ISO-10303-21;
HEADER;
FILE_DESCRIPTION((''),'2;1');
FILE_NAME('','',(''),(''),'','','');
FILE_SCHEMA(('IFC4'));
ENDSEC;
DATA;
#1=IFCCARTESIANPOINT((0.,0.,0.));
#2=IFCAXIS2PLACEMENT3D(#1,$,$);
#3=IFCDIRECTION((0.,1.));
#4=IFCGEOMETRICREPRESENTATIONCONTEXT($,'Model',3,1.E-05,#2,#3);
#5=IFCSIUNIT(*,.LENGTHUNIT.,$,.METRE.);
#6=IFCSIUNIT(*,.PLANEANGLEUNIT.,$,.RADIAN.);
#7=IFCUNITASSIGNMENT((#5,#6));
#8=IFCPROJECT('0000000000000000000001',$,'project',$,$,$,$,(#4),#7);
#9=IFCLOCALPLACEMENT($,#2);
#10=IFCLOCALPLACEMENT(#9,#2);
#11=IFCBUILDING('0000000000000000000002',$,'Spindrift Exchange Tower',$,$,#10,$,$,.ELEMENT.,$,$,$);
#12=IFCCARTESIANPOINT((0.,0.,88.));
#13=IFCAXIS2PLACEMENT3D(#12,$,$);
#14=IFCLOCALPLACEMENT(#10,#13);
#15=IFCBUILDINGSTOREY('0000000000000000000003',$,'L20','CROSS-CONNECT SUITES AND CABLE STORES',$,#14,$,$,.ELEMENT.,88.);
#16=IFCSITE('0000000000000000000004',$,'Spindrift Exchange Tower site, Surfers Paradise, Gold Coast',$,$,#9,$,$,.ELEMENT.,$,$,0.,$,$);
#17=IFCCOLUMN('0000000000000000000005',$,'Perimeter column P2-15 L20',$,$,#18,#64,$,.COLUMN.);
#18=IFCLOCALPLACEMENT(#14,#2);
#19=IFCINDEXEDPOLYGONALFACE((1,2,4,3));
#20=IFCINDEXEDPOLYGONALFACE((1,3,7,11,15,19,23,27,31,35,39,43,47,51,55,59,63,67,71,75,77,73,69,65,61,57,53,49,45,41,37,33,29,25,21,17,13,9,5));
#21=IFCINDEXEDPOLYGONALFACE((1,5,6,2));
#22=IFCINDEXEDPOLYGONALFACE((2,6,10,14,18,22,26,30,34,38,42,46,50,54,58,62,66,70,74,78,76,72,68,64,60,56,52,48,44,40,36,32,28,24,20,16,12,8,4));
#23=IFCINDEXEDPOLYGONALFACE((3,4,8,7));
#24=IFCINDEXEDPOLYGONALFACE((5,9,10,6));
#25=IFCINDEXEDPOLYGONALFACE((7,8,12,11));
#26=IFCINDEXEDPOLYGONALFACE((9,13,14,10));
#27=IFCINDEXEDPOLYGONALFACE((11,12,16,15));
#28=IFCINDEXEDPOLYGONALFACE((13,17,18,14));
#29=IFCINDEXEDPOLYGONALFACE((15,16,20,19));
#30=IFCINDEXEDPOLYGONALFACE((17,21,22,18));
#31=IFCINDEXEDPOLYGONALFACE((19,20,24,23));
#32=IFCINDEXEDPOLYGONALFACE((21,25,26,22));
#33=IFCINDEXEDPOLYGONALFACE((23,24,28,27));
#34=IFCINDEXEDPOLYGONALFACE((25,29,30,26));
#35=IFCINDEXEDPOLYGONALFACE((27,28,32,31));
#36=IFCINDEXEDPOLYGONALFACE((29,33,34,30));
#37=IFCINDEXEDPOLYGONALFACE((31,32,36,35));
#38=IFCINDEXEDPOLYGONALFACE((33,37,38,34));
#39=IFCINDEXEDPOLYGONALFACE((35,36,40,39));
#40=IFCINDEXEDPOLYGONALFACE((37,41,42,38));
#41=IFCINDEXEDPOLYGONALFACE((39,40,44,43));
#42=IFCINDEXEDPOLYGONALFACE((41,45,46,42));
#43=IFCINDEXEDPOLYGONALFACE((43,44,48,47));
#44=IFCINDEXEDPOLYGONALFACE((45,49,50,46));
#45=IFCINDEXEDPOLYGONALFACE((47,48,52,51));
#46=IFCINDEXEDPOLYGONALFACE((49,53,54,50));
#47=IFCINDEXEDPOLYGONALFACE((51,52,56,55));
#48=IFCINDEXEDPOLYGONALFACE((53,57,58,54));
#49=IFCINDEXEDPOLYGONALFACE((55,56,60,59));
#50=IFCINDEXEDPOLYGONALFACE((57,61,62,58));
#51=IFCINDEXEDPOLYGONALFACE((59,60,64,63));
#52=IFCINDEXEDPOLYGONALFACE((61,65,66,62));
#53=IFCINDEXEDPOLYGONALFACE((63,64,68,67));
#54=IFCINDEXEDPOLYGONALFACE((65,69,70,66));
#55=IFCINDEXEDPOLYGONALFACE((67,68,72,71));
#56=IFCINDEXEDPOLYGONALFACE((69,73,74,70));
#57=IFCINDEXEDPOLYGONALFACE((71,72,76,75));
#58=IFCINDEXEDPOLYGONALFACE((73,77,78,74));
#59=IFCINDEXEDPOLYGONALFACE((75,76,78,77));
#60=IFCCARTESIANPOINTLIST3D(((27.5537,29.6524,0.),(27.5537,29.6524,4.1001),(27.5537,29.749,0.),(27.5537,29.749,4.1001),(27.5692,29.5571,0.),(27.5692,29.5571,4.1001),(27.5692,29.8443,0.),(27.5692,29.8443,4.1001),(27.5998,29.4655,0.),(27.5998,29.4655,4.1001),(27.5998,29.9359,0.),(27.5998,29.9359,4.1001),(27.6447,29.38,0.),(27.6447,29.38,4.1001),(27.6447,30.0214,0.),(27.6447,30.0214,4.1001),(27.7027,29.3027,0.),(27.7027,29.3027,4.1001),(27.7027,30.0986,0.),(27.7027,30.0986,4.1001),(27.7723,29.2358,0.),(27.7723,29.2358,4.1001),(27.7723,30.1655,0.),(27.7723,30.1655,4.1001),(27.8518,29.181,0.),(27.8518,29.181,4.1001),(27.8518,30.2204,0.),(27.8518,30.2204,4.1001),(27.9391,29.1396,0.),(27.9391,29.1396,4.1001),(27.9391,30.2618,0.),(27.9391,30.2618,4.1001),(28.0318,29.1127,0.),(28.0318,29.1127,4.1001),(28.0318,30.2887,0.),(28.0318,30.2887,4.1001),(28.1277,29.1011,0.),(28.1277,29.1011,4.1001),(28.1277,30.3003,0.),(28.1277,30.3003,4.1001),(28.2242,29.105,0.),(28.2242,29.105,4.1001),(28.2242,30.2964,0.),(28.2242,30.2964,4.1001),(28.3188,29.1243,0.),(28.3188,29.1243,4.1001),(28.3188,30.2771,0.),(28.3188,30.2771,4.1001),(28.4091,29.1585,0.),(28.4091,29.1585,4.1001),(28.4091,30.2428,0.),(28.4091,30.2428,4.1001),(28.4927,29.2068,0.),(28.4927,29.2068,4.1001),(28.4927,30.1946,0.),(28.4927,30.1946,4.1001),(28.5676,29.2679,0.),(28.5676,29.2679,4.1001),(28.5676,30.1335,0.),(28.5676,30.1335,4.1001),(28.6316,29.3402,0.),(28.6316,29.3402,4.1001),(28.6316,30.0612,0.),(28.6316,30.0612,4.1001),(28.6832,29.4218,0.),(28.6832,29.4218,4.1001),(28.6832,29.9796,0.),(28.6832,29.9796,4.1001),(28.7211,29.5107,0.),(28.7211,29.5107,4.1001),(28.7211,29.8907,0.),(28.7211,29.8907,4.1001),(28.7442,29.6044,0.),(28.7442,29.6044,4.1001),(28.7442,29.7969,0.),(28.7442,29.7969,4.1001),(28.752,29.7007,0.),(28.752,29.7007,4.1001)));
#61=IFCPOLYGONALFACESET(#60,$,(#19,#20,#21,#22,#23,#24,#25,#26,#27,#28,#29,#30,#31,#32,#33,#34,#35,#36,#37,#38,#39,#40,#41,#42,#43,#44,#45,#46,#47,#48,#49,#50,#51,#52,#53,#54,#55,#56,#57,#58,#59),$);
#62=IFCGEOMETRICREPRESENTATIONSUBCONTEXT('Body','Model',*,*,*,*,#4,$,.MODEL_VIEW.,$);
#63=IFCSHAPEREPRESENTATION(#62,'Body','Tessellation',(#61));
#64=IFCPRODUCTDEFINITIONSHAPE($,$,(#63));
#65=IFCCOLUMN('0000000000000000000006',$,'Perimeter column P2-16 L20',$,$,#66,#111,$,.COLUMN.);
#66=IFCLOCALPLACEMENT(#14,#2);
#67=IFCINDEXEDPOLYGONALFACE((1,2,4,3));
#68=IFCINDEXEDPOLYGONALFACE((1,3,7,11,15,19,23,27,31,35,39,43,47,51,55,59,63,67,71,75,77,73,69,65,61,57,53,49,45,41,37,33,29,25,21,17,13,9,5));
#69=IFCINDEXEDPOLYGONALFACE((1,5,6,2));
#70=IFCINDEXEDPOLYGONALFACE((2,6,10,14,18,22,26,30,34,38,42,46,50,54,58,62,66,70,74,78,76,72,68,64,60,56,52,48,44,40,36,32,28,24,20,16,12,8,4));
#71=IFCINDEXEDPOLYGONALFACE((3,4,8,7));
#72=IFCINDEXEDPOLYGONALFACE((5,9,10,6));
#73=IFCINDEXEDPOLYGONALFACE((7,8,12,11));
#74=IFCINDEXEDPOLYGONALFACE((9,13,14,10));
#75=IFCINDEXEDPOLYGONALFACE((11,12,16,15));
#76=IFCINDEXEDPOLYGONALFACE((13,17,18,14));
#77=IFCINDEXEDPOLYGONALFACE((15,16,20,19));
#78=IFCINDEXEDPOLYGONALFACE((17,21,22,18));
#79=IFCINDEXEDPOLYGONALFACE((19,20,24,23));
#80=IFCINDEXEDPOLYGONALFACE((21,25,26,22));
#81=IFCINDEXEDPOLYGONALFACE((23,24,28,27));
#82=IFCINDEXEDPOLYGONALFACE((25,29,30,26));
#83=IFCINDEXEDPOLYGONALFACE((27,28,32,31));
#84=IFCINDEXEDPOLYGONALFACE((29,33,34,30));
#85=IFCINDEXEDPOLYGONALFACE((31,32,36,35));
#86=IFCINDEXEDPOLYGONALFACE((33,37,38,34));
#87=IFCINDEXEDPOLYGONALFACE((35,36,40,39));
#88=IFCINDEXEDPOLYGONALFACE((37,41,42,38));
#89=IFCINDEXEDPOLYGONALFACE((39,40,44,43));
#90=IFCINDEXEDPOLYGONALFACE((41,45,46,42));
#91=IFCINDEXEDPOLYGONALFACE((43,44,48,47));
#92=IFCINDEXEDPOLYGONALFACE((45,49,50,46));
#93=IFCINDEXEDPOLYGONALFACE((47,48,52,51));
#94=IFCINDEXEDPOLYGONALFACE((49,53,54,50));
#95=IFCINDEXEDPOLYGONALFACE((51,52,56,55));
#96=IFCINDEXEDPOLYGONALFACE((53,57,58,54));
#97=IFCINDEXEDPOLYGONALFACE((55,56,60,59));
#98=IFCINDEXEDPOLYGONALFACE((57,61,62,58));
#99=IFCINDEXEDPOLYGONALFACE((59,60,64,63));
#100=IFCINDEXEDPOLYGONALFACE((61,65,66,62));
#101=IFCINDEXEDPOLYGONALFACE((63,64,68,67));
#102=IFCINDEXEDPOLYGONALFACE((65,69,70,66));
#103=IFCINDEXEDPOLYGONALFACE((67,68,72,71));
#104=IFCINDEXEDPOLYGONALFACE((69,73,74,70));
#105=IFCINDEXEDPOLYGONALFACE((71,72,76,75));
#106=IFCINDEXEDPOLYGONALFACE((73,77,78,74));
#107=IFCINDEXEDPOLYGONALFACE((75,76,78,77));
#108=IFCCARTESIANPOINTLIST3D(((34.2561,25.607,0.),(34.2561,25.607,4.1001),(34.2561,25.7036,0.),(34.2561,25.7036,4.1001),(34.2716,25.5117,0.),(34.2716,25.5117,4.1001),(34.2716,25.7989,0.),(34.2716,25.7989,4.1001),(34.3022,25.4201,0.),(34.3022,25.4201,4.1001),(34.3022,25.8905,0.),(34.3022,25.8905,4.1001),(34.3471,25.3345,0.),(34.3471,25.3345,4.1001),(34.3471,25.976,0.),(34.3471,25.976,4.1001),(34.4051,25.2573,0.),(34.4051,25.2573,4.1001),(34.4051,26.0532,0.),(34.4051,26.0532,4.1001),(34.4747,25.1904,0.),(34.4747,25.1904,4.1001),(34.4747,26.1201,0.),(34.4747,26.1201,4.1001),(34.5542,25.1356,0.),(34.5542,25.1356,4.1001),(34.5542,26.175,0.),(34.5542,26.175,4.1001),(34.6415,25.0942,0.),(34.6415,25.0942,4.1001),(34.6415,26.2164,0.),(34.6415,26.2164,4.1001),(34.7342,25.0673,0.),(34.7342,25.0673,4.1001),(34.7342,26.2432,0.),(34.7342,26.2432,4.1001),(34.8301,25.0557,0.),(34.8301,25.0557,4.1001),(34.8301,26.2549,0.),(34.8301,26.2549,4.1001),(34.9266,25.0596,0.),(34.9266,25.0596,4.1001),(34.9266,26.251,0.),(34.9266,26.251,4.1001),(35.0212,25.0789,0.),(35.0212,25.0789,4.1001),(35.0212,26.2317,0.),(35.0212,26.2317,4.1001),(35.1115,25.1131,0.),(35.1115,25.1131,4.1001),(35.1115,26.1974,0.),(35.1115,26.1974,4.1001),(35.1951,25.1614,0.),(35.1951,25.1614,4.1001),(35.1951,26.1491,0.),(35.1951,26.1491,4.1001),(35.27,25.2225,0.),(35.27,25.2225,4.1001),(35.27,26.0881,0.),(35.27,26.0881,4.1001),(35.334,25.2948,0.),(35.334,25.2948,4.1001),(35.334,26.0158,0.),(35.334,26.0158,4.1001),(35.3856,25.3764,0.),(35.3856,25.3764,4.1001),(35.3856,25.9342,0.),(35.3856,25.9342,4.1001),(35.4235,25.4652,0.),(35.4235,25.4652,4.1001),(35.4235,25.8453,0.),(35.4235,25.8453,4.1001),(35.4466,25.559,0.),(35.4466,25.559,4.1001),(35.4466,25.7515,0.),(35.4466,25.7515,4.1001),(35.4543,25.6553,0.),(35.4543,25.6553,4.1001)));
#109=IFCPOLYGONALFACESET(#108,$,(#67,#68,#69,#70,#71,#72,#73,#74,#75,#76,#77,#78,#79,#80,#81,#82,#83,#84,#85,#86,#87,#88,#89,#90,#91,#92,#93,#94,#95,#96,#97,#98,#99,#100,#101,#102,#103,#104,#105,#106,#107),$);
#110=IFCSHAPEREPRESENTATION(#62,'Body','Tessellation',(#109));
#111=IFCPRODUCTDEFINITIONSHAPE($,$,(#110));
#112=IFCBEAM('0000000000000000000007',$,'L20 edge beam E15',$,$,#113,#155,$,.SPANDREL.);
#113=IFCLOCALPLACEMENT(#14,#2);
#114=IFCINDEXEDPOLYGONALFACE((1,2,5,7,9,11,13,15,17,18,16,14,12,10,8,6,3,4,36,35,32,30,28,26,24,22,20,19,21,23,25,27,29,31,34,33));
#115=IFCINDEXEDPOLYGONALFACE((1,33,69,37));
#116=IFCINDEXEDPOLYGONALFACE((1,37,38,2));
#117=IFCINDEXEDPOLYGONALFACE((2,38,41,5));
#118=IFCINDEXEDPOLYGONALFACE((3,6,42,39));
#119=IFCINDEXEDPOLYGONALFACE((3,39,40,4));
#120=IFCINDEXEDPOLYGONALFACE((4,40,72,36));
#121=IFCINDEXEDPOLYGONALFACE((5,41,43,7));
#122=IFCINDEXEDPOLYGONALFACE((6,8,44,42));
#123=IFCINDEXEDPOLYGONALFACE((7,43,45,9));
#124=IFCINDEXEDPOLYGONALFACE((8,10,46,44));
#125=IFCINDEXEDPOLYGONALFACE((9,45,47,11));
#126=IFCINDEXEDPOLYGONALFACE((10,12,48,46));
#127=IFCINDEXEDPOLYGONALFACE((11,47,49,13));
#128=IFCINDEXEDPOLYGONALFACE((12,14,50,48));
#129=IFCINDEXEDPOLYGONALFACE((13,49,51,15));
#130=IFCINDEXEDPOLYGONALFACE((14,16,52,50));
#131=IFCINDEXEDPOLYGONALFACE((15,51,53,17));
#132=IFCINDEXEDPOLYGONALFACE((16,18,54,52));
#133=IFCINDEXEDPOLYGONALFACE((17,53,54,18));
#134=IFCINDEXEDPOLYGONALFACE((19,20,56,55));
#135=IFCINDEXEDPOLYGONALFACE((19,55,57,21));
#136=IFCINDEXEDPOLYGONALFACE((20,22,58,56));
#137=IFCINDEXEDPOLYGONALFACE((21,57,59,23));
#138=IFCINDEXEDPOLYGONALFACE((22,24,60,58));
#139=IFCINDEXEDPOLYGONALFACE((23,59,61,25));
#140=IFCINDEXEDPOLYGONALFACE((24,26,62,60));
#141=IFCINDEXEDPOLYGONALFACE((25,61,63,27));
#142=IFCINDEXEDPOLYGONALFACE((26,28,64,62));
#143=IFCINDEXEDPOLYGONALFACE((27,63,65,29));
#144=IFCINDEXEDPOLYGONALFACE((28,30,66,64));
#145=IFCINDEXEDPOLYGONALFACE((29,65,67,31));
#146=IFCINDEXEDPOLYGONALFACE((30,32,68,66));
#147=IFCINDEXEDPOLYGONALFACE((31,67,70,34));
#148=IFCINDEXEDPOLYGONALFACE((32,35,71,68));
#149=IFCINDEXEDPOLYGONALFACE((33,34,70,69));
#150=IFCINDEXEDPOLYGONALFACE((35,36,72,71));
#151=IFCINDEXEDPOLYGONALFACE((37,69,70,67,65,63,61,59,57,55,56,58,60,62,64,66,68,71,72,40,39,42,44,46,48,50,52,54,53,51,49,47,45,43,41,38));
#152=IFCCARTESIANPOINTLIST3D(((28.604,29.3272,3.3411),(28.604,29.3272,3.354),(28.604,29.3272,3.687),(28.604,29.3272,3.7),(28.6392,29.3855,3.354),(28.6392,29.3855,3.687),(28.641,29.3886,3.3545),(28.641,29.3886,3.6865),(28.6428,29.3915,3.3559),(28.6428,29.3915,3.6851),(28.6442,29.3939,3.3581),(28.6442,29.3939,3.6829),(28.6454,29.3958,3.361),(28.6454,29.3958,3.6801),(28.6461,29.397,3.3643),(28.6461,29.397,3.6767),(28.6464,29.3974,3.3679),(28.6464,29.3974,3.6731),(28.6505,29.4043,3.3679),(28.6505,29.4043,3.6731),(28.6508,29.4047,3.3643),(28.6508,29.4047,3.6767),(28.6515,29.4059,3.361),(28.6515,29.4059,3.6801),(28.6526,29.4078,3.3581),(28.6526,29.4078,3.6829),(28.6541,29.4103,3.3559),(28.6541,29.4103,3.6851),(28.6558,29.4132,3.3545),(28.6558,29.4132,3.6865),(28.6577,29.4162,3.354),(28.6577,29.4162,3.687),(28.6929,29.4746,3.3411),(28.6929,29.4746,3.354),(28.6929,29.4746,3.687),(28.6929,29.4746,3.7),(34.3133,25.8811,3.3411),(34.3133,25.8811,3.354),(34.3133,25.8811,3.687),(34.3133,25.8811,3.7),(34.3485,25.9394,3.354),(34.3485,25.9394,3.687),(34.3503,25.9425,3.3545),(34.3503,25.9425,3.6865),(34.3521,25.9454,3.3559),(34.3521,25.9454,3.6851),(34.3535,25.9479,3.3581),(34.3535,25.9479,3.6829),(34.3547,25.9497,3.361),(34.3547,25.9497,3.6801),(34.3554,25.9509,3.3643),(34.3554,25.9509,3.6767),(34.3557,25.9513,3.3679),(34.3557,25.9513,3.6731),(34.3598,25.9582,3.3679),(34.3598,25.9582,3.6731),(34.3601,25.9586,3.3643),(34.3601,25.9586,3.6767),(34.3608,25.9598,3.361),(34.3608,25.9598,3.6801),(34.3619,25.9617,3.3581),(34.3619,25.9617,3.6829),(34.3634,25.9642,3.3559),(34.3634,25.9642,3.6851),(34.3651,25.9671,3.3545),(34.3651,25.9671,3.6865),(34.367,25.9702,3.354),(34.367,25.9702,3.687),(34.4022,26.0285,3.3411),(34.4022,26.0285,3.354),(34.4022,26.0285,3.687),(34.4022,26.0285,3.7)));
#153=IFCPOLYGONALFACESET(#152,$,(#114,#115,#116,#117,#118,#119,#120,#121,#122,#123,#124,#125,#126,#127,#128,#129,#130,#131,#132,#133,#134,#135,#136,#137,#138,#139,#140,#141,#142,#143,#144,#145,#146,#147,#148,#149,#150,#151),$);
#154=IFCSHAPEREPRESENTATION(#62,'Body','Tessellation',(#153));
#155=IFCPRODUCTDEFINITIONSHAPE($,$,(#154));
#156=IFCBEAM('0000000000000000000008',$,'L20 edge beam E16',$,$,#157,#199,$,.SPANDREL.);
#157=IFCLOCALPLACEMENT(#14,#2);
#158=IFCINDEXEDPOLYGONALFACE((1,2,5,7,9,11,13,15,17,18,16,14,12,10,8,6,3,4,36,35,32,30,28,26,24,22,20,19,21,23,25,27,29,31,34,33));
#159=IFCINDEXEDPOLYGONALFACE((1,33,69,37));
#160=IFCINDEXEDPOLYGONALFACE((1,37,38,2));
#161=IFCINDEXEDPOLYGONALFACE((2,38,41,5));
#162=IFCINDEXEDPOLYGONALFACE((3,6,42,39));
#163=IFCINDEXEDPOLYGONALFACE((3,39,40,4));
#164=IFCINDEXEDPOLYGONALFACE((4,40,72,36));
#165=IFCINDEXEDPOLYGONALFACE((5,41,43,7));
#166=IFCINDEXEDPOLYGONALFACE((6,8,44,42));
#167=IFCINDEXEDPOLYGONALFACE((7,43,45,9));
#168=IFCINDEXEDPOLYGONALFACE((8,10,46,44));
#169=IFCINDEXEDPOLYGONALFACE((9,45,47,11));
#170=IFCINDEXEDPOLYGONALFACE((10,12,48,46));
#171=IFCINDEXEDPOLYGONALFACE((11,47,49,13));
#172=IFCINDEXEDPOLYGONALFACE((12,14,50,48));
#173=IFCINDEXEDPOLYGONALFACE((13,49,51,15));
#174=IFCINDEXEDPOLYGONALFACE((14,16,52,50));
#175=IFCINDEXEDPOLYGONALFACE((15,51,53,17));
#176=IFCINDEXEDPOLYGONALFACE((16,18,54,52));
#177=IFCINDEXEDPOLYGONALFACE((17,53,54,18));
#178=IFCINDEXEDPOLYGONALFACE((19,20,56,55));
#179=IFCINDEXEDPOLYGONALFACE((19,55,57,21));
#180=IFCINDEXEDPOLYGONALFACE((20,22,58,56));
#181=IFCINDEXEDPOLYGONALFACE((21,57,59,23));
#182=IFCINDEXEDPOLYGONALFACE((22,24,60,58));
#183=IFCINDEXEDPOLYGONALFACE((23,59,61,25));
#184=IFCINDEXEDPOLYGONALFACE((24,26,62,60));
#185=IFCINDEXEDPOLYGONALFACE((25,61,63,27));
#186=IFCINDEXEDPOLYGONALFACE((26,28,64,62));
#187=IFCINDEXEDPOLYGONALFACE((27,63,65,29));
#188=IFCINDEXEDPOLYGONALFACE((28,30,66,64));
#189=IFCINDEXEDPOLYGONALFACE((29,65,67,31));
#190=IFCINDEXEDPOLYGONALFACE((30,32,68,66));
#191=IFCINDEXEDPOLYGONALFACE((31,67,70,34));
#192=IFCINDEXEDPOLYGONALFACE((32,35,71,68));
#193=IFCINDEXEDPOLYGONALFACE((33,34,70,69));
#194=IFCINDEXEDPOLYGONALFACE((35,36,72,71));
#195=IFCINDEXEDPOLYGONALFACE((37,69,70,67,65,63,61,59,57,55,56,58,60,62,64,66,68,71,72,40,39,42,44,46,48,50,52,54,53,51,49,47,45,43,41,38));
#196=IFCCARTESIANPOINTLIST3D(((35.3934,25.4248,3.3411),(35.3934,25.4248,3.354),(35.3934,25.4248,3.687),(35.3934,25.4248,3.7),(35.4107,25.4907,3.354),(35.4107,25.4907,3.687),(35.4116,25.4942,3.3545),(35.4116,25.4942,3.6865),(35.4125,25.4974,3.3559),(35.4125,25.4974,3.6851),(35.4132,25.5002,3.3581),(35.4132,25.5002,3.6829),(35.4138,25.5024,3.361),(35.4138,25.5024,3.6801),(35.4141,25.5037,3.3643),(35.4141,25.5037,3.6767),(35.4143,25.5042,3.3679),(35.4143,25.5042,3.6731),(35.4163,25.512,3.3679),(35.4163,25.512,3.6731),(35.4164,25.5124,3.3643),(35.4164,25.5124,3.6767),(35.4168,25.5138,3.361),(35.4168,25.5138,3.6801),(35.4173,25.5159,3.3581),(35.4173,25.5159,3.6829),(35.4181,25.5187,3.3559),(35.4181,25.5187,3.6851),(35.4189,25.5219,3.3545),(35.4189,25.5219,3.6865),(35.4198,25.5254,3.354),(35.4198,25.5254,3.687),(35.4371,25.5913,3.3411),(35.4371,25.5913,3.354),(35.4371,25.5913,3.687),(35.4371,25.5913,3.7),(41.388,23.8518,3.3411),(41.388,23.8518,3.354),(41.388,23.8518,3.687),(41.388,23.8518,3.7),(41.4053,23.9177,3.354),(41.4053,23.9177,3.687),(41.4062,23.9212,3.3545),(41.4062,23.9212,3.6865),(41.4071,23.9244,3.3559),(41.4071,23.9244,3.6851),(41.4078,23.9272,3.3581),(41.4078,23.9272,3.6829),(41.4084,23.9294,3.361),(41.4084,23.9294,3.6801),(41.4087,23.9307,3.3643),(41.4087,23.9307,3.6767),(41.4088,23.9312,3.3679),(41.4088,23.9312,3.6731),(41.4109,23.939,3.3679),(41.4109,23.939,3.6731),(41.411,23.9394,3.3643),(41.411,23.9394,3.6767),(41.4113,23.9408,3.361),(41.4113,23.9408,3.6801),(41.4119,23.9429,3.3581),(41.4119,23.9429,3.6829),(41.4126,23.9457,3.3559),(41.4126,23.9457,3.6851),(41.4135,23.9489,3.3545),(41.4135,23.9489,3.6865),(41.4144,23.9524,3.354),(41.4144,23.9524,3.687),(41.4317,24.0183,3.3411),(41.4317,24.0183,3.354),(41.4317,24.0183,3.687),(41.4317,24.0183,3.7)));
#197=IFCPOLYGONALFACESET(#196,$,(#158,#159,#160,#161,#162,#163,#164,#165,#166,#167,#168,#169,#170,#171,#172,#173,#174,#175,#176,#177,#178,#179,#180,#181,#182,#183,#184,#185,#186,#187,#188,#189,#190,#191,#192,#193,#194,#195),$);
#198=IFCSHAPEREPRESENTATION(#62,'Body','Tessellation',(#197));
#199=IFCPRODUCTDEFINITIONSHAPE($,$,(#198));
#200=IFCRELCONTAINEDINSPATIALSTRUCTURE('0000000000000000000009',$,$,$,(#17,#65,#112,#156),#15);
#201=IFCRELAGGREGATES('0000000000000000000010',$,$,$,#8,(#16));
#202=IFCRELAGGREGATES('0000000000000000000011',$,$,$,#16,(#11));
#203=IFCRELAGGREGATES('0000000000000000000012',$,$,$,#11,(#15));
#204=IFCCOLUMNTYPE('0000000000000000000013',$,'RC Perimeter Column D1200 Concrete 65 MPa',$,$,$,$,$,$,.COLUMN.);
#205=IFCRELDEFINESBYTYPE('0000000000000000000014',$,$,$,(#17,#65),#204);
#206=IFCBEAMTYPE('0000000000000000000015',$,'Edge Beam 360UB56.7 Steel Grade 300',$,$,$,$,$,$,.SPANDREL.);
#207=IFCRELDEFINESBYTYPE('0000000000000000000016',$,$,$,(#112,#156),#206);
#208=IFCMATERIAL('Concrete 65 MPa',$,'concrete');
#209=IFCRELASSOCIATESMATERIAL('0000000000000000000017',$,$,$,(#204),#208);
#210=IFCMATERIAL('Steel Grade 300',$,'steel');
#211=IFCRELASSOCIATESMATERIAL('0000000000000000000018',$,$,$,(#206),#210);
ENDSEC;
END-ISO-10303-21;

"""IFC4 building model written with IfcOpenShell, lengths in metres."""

from ifc_helpers import new_model, si_unit, direction, frame, origin, origin_2d, place, context, subcontext, project, spatial, circle, i_section, extrude, source, transform, mapped, material, material_profile, profile_set, type_object, element, save


model = new_model("IFC4")

# Units and contexts
model_context = context("Model", 3, precision=1e-05, world=origin(), true_north=direction((0.0, 1.0)))
body_context = subcontext(model_context, "Body", "Model", "MODEL_VIEW")
ifc_project = project(units=[si_unit("LENGTHUNIT", "METRE"), si_unit("PLANEANGLEUNIT", "RADIAN")], contexts=[model_context])

# Site, building, storey
site_placement = place(None, origin())
site = spatial("IfcSite", under=ifc_project, at=site_placement, Name="Spindrift Exchange Tower site, Surfers Paradise, Gold Coast", CompositionType="ELEMENT", RefElevation=0.0)
building_placement = place(site_placement, origin())
building = spatial("IfcBuilding", under=site, at=building_placement, Name="Spindrift Exchange Tower", CompositionType="ELEMENT")
storey_placement = place(building_placement, frame((0.0, 0.0, 88.0)))
storey = spatial("IfcBuildingStorey", under=building, at=storey_placement, Name="L20", Description="CROSS-CONNECT SUITES AND CABLE STORES", CompositionType="ELEMENT", Elevation=88.0)

# Columns
ifc_material_1 = material(Name="Concrete 65 MPa", Category="concrete")
ifc_material_profile_1 = material_profile(ifc_material_1, circle(Radius=0.6001, at=origin_2d()), Name="RC D1200")
ifc_profile_set_1 = profile_set([ifc_material_profile_1], Name="Concrete 65 MPa")
column_type = type_object("IfcColumnType", Name="RC Perimeter Column D1200 Concrete 65 MPa", PredefinedType="COLUMN", material=ifc_profile_set_1)
shared_shape_1 = source(origin(), body_context, "Body", "SweptSolid", [
    extrude(circle(Radius=0.6001, at=origin_2d()), origin(), (0.0, 0.0, 1.0), 4.1001),
])
for number, where, z_axis, x_axis, name in (
    (1, (28.1519, 29.7007, 0.0), (0.0, 0.0, 1.0), (1.0, 0.0, 0.0), "Perimeter column P2-15 L20"),
    (2, (34.8542, 25.6553, 0.0), (0.0, 0.0, 1.0), (1.0, 0.0, 0.0), "Perimeter column P2-16 L20"),
):
    element("IfcColumn", number, at=place(storey_placement, frame(where, z_axis=z_axis, x_axis=x_axis)), inside=storey, type_object=column_type, Name=name, PredefinedType="COLUMN", context=body_context, shape_type="MappedRepresentation", body=[
        mapped(shared_shape_1, transform((0.0, 0.0, 0.0), scale=1.0)),
    ])

# Beams
ifc_material_2 = material(Name="Steel Grade 300", Category="steel")
ifc_material_profile_2 = material_profile(ifc_material_2, i_section(OverallWidth=0.1721, OverallDepth=0.3589, WebThickness=0.0081, FlangeThickness=0.0129, FilletRadius=0.0139, at=origin_2d()), Name="360UB56.7")
ifc_profile_set_2 = profile_set([ifc_material_profile_2], Name="Steel Grade 300")
beam_type_1 = type_object("IfcBeamType", Name="Edge Beam 360UB56.7 Steel Grade 300", PredefinedType="SPANDREL", material=ifc_profile_set_2)
shared_shape_2 = source(origin(), body_context, "Body", "SweptSolid", [
    extrude(i_section(OverallWidth=0.1721, OverallDepth=0.3589, WebThickness=0.0081, FlangeThickness=0.0129, FilletRadius=0.0139, at=origin_2d()), origin(), (0.0, 0.0, 1.0), 6.6687),
])
beam_1_placement = place(storey_placement, frame((28.6484, 29.4009, 3.5205), z_axis=(0.856133, -0.516755, 0.0), x_axis=(0.516755, 0.856133, 0.0)))
element("IfcBeam", 3, at=beam_1_placement, inside=storey, type_object=beam_type_1, Name="L20 edge beam E15", PredefinedType="SPANDREL", context=body_context, shape_type="MappedRepresentation", body=[
    mapped(shared_shape_2, transform((0.0, 0.0, 0.0), scale=1.0)),
])
shared_shape_3 = source(origin(), body_context, "Body", "SweptSolid", [
    extrude(i_section(OverallWidth=0.1721, OverallDepth=0.3589, WebThickness=0.0081, FlangeThickness=0.0129, FilletRadius=0.0139, at=origin_2d()), origin(), (0.0, 0.0, 1.0), 6.1975),
])
beam_2_placement = place(storey_placement, frame((35.4153, 25.5081, 3.5205), z_axis=(0.967254, -0.253809, 0.0), x_axis=(0.253809, 0.967254, 0.0)))
element("IfcBeam", 4, at=beam_2_placement, inside=storey, type_object=beam_type_1, Name="L20 edge beam E16", PredefinedType="SPANDREL", context=body_context, shape_type="MappedRepresentation", body=[
    mapped(shared_shape_3, transform((0.0, 0.0, 0.0), scale=1.0)),
])

save(model, "model.ifc")
